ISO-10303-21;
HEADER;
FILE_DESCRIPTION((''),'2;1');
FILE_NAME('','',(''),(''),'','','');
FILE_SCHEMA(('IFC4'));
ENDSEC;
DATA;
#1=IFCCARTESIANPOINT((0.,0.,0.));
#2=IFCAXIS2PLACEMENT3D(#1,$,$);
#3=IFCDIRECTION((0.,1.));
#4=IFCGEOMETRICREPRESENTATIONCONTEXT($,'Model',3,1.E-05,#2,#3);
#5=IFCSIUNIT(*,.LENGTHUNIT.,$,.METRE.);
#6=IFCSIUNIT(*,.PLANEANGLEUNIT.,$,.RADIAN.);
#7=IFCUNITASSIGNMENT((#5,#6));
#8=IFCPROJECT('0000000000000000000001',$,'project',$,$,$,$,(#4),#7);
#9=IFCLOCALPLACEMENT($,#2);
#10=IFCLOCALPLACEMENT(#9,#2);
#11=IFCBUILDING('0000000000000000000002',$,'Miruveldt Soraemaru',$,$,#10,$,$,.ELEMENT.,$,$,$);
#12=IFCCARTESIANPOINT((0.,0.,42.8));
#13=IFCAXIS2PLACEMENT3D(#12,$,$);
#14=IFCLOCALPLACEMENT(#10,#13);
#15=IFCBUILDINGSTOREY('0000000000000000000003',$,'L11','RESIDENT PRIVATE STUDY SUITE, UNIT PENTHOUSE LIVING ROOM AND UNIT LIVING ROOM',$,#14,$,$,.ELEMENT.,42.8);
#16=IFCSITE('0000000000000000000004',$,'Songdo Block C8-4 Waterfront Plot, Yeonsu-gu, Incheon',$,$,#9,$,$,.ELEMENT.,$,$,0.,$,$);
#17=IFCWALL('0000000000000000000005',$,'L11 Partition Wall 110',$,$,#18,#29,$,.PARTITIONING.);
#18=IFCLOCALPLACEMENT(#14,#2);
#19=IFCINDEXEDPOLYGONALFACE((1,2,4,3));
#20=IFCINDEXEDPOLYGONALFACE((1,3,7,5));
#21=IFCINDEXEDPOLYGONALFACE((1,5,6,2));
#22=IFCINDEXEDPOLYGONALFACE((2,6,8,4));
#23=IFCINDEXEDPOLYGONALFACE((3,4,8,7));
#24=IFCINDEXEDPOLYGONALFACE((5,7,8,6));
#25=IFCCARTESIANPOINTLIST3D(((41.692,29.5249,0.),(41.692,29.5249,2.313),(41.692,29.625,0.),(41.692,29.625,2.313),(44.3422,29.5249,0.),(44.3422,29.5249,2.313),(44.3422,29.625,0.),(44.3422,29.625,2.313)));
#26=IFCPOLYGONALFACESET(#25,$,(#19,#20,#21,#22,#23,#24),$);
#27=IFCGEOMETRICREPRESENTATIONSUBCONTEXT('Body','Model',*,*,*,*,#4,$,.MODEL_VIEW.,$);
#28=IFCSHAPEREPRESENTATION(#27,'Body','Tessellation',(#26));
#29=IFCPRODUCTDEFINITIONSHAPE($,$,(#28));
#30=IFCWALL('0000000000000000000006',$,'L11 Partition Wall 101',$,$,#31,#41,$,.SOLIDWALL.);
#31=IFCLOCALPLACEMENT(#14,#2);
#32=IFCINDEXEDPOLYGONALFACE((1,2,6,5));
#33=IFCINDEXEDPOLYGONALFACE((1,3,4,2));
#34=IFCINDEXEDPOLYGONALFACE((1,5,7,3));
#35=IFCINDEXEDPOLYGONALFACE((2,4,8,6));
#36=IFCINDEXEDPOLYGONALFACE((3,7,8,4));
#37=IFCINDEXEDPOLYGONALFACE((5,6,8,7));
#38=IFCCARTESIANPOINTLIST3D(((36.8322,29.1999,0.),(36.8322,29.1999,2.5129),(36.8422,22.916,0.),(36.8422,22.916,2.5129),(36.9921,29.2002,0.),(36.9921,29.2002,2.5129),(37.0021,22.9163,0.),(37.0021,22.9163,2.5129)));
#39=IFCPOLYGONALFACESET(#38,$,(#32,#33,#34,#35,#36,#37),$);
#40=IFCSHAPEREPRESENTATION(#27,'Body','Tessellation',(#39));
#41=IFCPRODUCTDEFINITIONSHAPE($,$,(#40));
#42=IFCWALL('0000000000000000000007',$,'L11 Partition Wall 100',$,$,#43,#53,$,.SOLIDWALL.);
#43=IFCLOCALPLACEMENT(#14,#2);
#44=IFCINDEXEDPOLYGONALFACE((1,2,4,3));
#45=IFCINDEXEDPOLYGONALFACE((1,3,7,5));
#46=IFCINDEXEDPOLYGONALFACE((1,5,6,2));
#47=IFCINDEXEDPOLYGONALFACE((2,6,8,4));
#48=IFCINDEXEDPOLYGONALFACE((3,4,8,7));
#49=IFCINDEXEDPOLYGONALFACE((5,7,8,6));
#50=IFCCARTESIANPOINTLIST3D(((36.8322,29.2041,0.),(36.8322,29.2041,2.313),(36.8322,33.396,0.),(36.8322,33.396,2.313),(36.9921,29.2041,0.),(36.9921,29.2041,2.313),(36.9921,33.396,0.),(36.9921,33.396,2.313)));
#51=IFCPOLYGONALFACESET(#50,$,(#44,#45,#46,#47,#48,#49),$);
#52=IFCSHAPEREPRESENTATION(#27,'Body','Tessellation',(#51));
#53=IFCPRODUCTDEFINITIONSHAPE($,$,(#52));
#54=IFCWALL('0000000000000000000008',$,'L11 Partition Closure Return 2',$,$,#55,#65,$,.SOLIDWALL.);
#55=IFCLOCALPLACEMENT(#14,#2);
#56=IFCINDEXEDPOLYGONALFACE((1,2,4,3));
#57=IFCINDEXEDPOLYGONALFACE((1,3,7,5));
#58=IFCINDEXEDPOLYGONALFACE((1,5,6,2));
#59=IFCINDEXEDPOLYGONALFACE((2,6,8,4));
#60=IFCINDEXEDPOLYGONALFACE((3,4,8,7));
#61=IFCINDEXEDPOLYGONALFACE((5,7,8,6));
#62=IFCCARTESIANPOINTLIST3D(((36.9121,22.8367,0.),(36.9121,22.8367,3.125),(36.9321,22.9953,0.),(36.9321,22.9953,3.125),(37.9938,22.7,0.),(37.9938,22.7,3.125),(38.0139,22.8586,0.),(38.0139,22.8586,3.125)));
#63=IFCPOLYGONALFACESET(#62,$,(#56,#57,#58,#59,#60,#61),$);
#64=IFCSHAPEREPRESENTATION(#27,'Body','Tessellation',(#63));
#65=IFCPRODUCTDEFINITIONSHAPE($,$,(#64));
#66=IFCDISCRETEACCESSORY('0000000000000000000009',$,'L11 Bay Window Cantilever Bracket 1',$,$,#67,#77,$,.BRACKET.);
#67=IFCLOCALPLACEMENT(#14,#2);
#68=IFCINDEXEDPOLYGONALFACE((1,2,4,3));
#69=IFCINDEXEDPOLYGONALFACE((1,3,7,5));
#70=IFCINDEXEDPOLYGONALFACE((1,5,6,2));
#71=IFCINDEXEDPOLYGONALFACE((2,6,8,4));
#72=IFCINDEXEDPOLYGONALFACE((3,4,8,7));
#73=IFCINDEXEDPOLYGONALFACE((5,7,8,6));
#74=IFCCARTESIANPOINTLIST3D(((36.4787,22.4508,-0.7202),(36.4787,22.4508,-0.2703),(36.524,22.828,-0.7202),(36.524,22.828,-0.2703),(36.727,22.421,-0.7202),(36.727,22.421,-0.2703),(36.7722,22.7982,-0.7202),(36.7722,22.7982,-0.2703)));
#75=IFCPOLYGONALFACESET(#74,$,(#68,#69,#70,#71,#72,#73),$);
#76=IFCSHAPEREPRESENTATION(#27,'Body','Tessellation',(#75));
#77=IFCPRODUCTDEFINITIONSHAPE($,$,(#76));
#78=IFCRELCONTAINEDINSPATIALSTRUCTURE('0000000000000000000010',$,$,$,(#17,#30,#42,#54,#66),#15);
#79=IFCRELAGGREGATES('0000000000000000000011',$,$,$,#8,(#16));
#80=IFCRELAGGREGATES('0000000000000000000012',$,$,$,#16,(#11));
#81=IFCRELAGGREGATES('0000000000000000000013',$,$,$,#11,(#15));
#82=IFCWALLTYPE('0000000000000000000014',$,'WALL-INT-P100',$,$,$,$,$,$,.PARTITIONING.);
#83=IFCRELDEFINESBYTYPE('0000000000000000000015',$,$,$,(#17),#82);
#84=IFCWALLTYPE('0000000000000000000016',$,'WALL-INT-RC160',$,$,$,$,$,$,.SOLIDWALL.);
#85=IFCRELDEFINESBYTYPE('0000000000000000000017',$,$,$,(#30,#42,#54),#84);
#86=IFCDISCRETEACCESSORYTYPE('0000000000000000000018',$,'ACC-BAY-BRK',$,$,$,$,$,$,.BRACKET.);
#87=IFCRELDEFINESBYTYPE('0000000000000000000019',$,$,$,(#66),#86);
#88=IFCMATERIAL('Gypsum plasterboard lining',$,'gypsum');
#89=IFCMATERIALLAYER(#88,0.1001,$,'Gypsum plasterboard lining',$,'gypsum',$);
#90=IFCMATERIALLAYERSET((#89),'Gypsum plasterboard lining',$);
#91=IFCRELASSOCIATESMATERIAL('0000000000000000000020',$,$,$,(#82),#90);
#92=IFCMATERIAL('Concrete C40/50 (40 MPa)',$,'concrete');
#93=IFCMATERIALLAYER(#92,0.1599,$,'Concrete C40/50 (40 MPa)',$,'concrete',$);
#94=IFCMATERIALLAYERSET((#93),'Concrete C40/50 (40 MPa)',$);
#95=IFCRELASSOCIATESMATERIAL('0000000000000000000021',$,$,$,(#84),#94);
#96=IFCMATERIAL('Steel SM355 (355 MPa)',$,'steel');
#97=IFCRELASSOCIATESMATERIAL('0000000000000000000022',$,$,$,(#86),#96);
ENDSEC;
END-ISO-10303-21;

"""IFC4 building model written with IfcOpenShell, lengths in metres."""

from ifc_helpers import new_model, si_unit, direction, frame, frame_2d, origin, origin_2d, place, context, subcontext, project, spatial, rectangle, extrude, material, layer, layer_set, type_object, element, save


model = new_model("IFC4")

# Units and contexts
model_context = context("Model", 3, precision=1e-05, world=origin(), true_north=direction((0.0, 1.0)))
body_context = subcontext(model_context, "Body", "Model", "MODEL_VIEW")
ifc_project = project(units=[si_unit("LENGTHUNIT", "METRE"), si_unit("PLANEANGLEUNIT", "RADIAN")], contexts=[model_context])

# Site, building, storey
site_placement = place(None, origin())
site = spatial("IfcSite", under=ifc_project, at=site_placement, Name="Songdo Block C8-4 Waterfront Plot, Yeonsu-gu, Incheon", CompositionType="ELEMENT", RefElevation=0.0)
building_placement = place(site_placement, origin())
building = spatial("IfcBuilding", under=site, at=building_placement, Name="Miruveldt Soraemaru", CompositionType="ELEMENT")
storey_placement = place(building_placement, frame((0.0, 0.0, 42.8)))
storey = spatial("IfcBuildingStorey", under=building, at=storey_placement, Name="L11", Description="RESIDENT PRIVATE STUDY SUITE, UNIT PENTHOUSE LIVING ROOM AND UNIT LIVING ROOM", CompositionType="ELEMENT", Elevation=42.8)

# Shared definitions
ifc_material_1 = material(Name="Steel SM355 (355 MPa)", Category="steel")

# Shared definitions
ifc_material_2 = material(Name="Gypsum plasterboard lining", Category="gypsum")
ifc_layer_1 = layer(ifc_material_2, 0.1001, Name="Gypsum plasterboard lining", Category="gypsum")
ifc_layer_set_1 = layer_set([ifc_layer_1], Name="Gypsum plasterboard lining")
wall_type_1 = type_object("IfcWallType", Name="WALL-INT-P100", PredefinedType="PARTITIONING", material=ifc_layer_set_1)

# Walls
wall_1_placement = place(storey_placement, frame((41.6919, 29.575, 0.0), z_axis=(0.0, 0.0, 1.0), x_axis=(1.0, 0.0, 0.0)))
element("IfcWall", 1, at=wall_1_placement, inside=storey, type_object=wall_type_1, Name="L11 Partition Wall 110", PredefinedType="PARTITIONING", context=body_context, shape_type="SweptSolid", body=[
    extrude(rectangle(XDim=2.6501, YDim=0.1001, at=frame_2d((1.3252, 0.0))), origin(), (0.0, 0.0, 1.0), 2.313),
])
ifc_material_3 = material(Name="Concrete C40/50 (40 MPa)", Category="concrete")
ifc_layer_2 = layer(ifc_material_3, 0.1599, Name="Concrete C40/50 (40 MPa)", Category="concrete")
ifc_layer_set_2 = layer_set([ifc_layer_2], Name="Concrete C40/50 (40 MPa)")
wall_type_2 = type_object("IfcWallType", Name="WALL-INT-RC160", PredefinedType="SOLIDWALL", material=ifc_layer_set_2)
wall_2_placement = place(storey_placement, frame((36.9221, 22.916, 0.0), z_axis=(0.0, 0.0, 1.0), x_axis=(-0.001593, 0.999999, 0.0)))
element("IfcWall", 2, at=wall_2_placement, inside=storey, type_object=wall_type_2, Name="L11 Partition Wall 101", PredefinedType="SOLIDWALL", context=body_context, shape_type="SweptSolid", body=[
    extrude(rectangle(XDim=6.2839, YDim=0.1599, at=frame_2d((3.1421, 0.0))), origin(), (0.0, 0.0, 1.0), 2.5129),
])
wall_3_placement = place(storey_placement, frame((36.9121, 29.2041, 0.0), z_axis=(0.0, 0.0, 1.0), x_axis=(0.0, 1.0, 0.0)))
element("IfcWall", 3, at=wall_3_placement, inside=storey, type_object=wall_type_2, Name="L11 Partition Wall 100", PredefinedType="SOLIDWALL", context=body_context, shape_type="SweptSolid", body=[
    extrude(rectangle(XDim=4.1919, YDim=0.1599, at=frame_2d((2.0959, 0.0))), origin(), (0.0, 0.0, 1.0), 2.313),
])
wall_4_placement = place(storey_placement, frame((36.9221, 22.916, 0.0), z_axis=(0.0, 0.0, 1.0), x_axis=(0.992108, -0.125385, 0.0)))
element("IfcWall", 4, at=wall_4_placement, inside=storey, type_object=wall_type_2, Name="L11 Partition Closure Return 2", PredefinedType="SOLIDWALL", context=body_context, shape_type="SweptSolid", body=[
    extrude(rectangle(XDim=1.0903, YDim=0.1599, at=frame_2d((0.5452, 0.0))), origin(), (0.0, 0.0, 1.0), 3.125),
])

# Discrete accessory
discrete_accessory_type = type_object("IfcDiscreteAccessoryType", Name="ACC-BAY-BRK", PredefinedType="BRACKET", material=ifc_material_1)
discrete_accessory_placement = place(storey_placement, frame((36.6255, 22.6245, -0.7202), z_axis=(0.0, 0.0, 1.0), x_axis=(-0.119149, -0.992876, 0.0)))
element("IfcDiscreteAccessory", 5, at=discrete_accessory_placement, inside=storey, type_object=discrete_accessory_type, Name="L11 Bay Window Cantilever Bracket 1", PredefinedType="BRACKET", context=body_context, shape_type="SweptSolid", body=[
    extrude(rectangle(XDim=0.3799, YDim=0.25, at=origin_2d()), origin(), (0.0, 0.0, 1.0), 0.45),
])

save(model, "model.ifc")
